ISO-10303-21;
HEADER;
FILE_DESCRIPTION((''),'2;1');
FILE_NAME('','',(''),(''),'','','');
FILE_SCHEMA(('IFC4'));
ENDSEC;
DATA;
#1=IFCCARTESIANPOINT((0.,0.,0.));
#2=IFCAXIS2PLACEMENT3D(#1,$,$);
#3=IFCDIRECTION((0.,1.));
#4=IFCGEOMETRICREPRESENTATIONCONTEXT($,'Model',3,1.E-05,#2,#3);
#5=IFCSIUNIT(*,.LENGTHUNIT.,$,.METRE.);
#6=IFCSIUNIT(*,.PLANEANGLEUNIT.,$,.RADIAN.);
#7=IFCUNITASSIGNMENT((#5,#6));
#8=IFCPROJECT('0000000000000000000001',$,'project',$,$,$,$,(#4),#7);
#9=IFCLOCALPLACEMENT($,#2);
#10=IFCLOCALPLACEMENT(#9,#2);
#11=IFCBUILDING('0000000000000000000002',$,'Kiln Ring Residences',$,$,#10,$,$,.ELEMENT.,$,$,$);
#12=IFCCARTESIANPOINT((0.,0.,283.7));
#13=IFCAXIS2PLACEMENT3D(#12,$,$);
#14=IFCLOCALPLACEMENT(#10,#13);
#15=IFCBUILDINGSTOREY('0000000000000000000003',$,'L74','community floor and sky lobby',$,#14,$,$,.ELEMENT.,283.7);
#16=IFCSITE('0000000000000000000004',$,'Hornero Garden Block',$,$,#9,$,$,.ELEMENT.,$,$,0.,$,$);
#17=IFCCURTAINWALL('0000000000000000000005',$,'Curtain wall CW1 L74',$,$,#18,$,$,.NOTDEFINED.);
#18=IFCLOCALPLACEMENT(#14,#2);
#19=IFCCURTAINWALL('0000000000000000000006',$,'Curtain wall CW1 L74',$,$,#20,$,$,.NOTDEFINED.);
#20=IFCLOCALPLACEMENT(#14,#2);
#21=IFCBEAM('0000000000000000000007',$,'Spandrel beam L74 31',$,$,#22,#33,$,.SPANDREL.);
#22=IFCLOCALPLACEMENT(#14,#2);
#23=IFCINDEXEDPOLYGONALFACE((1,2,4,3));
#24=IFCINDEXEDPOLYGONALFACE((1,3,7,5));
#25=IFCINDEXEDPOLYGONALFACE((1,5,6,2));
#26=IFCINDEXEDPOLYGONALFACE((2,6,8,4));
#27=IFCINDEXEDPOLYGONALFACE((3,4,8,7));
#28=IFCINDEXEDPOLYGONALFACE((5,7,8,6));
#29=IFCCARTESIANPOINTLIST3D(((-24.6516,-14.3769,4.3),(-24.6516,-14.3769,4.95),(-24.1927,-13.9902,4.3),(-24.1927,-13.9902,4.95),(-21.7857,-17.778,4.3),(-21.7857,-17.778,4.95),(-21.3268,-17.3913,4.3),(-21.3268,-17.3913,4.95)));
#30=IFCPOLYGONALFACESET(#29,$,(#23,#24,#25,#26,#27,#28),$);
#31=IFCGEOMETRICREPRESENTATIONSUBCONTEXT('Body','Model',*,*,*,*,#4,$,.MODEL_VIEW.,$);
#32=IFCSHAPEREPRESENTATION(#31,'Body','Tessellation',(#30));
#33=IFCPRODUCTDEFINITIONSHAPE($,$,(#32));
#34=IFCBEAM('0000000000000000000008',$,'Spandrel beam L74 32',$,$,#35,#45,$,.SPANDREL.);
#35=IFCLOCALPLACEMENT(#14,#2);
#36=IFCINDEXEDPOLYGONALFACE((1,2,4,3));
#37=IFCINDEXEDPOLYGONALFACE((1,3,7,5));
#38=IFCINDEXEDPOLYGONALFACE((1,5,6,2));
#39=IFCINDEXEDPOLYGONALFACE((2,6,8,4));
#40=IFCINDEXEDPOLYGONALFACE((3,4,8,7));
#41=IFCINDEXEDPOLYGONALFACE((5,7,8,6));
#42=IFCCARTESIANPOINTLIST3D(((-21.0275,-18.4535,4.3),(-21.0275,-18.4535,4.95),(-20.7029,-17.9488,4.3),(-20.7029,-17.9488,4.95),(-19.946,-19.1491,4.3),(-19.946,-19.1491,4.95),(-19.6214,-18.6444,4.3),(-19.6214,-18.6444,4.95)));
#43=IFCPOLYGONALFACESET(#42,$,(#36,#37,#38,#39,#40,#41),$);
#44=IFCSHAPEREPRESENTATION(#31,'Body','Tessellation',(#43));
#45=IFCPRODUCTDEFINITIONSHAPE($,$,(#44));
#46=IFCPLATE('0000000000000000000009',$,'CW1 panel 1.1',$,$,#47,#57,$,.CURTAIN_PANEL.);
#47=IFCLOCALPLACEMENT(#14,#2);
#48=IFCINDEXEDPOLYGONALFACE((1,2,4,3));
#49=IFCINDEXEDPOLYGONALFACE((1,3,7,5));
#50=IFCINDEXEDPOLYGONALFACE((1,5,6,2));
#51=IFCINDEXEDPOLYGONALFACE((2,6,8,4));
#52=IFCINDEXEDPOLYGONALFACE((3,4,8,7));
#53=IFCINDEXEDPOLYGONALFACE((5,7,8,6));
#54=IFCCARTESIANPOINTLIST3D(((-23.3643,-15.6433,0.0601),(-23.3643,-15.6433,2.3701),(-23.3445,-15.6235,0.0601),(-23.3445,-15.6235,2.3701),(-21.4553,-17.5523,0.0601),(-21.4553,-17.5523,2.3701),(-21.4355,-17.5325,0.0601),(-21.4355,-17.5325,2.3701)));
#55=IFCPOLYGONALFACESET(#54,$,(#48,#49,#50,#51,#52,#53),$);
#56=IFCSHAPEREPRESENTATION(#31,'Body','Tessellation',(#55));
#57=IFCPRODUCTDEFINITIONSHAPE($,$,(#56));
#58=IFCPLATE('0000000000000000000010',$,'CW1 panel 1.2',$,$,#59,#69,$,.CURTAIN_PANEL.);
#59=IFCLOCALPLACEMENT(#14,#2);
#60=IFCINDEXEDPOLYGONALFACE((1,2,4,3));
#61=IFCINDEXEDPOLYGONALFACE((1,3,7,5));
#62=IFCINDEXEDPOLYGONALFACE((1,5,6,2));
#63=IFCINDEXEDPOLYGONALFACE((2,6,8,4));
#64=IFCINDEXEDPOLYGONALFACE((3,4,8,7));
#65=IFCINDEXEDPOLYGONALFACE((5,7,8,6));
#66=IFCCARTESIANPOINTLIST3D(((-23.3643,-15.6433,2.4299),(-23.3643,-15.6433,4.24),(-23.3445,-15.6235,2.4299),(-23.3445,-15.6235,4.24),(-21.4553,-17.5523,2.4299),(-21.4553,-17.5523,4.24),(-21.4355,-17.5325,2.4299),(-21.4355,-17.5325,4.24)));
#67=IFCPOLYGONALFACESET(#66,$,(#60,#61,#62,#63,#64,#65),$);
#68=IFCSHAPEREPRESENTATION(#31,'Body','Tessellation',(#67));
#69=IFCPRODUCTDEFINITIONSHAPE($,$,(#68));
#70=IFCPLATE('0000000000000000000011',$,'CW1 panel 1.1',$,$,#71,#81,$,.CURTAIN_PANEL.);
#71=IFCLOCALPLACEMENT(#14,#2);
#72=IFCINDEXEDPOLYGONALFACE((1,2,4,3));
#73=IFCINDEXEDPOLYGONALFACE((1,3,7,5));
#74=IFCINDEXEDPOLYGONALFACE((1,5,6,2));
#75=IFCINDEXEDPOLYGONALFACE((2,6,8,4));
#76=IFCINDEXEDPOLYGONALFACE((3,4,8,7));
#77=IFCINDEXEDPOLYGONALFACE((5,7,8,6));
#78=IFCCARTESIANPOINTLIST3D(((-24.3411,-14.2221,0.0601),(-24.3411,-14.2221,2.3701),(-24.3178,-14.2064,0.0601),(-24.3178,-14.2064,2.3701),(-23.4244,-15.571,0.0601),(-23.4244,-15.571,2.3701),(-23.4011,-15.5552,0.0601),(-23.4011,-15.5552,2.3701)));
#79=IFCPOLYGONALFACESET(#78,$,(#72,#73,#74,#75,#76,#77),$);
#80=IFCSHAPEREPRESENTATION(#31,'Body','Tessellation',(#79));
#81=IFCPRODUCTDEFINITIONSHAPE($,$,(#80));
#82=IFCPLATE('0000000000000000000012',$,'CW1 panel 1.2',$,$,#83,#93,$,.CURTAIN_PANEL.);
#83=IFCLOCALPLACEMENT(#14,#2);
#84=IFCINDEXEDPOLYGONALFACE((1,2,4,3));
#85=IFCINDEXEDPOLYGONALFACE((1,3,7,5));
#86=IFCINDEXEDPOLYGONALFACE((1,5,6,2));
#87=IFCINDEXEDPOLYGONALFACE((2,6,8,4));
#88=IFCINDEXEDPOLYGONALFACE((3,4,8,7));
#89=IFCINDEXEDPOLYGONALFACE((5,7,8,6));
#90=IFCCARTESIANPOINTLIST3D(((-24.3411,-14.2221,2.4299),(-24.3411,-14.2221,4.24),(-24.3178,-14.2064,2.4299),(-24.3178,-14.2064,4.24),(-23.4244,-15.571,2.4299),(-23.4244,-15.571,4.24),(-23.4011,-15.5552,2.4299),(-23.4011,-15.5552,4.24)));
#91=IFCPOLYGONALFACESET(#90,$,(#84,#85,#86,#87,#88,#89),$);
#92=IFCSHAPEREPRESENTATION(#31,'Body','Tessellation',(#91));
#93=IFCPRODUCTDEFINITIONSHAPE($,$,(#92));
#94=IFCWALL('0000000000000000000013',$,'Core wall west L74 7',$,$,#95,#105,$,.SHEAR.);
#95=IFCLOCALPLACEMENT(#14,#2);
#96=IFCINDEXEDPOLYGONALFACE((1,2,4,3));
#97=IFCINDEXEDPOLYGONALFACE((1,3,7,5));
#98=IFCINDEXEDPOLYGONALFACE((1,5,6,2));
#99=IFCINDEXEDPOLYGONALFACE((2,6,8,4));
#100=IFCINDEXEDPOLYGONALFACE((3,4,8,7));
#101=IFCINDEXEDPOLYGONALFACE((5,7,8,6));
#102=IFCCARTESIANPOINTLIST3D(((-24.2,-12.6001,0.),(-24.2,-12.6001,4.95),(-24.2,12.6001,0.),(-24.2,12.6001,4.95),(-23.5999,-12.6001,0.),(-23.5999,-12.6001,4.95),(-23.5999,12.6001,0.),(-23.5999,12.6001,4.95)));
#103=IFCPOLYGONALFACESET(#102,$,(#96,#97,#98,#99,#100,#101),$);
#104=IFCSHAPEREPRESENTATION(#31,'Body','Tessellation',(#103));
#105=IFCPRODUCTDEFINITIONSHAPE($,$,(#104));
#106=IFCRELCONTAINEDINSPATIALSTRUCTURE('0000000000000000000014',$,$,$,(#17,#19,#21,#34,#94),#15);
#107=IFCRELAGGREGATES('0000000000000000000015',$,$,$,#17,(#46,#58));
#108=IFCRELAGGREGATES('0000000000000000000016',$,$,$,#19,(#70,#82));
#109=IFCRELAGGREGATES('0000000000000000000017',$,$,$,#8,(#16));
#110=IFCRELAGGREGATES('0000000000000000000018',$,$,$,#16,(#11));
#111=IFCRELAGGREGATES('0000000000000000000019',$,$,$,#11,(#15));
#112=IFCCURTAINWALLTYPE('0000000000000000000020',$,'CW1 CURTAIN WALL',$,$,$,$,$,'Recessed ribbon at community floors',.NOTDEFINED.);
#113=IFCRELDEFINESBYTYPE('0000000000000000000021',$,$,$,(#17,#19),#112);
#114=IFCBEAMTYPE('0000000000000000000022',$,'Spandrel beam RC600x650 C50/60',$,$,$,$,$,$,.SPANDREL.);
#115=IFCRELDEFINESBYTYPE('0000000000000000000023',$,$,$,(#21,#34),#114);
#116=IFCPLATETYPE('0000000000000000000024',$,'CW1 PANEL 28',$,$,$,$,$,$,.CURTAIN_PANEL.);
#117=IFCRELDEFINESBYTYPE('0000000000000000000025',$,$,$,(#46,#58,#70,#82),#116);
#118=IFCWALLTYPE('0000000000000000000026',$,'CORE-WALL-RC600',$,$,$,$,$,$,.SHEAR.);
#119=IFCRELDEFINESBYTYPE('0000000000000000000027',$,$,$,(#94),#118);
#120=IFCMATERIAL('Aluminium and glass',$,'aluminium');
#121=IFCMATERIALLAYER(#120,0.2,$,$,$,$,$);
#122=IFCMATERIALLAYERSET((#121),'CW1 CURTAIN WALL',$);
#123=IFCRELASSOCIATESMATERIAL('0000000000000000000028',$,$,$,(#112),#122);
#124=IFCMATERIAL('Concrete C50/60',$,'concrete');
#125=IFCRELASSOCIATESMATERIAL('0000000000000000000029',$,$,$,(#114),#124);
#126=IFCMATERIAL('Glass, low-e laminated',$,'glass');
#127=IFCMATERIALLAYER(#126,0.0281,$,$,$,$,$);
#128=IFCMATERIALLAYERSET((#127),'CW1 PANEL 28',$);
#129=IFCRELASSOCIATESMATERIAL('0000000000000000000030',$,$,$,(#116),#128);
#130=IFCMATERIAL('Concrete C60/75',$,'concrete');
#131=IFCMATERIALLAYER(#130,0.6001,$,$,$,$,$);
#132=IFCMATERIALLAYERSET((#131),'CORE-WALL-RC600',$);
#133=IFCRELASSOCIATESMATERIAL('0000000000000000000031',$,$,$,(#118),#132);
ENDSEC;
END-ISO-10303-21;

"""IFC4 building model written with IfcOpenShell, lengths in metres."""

from ifc_helpers import new_model, si_unit, direction, frame, frame_2d, origin, origin_2d, place, context, subcontext, project, spatial, rectangle, extrude, material, layer, layer_set, material_profile, profile_set, type_object, element, aggregate, save


model = new_model("IFC4")

# Units and contexts
model_context = context("Model", 3, precision=1e-05, world=origin(), true_north=direction((0.0, 1.0)))
body_context = subcontext(model_context, "Body", "Model", "MODEL_VIEW")
ifc_project = project(units=[si_unit("LENGTHUNIT", "METRE"), si_unit("PLANEANGLEUNIT", "RADIAN")], contexts=[model_context])

# Site, building, storey
site_placement = place(None, origin())
site = spatial("IfcSite", under=ifc_project, at=site_placement, Name="Hornero Garden Block", CompositionType="ELEMENT", RefElevation=0.0)
building_placement = place(site_placement, origin())
building = spatial("IfcBuilding", under=site, at=building_placement, Name="Kiln Ring Residences", CompositionType="ELEMENT")
storey_placement = place(building_placement, frame((0.0, 0.0, 283.7)))
storey = spatial("IfcBuildingStorey", under=building, at=storey_placement, Name="L74", Description="community floor and sky lobby", CompositionType="ELEMENT", Elevation=283.7)

# Curtain wall
ifc_material_1 = material(Name="Aluminium and glass", Category="aluminium")
ifc_layer_1 = layer(ifc_material_1, 0.2)
ifc_layer_set_1 = layer_set([ifc_layer_1], Name="CW1 CURTAIN WALL")
curtain_wall_type = type_object("IfcCurtainWallType", Name="CW1 CURTAIN WALL", ElementType="Recessed ribbon at community floors", PredefinedType="NOTDEFINED", material=ifc_layer_set_1)
placement = place(storey_placement, origin())
curtain_wall_1 = element("IfcCurtainWall", 1, at=placement, inside=storey, type_object=curtain_wall_type, Name="Curtain wall CW1 L74", PredefinedType="NOTDEFINED")

# Curtain wall
curtain_wall_2 = element("IfcCurtainWall", 2, at=placement, inside=storey, type_object=curtain_wall_type, Name="Curtain wall CW1 L74", PredefinedType="NOTDEFINED")

# Beams
ifc_material_2 = material(Name="Concrete C50/60", Category="concrete")
ifc_material_profile_1 = material_profile(ifc_material_2, rectangle(XDim=0.6001, YDim=0.6499, at=origin_2d()), Name="RC600x650")
ifc_profile_set_1 = profile_set([ifc_material_profile_1], Name="Concrete C50/60")
beam_type = type_object("IfcBeamType", Name="Spandrel beam RC600x650 C50/60", PredefinedType="SPANDREL", material=ifc_profile_set_1)
beam_1_placement = place(storey_placement, frame((-24.4221, -14.1836, 4.625), z_axis=(0.644381, -0.764705, 0.0), x_axis=(0.764705, 0.644381, 0.0)))
element("IfcBeam", 3, at=beam_1_placement, inside=storey, type_object=beam_type, Name="Spandrel beam L74 31", PredefinedType="SPANDREL", context=body_context, shape_type="SweptSolid", body=[
    extrude(rectangle(XDim=0.6001, YDim=0.6499, at=origin_2d()), origin(), (0.0, 0.0, 1.0), 4.4475),
])
beam_2_placement = place(storey_placement, frame((-20.8652, -18.2012, 4.625), z_axis=(0.84108, -0.540911, 0.0), x_axis=(0.540911, 0.84108, 0.0)))
element("IfcBeam", 4, at=beam_2_placement, inside=storey, type_object=beam_type, Name="Spandrel beam L74 32", PredefinedType="SPANDREL", context=body_context, shape_type="SweptSolid", body=[
    extrude(rectangle(XDim=0.6001, YDim=0.6499, at=origin_2d()), origin(), (0.0, 0.0, 1.0), 1.2859),
])

# Plates
ifc_material_3 = material(Name="Glass, low-e laminated", Category="glass")
ifc_layer_2 = layer(ifc_material_3, 0.0281)
ifc_layer_set_2 = layer_set([ifc_layer_2], Name="CW1 PANEL 28")
plate_type = type_object("IfcPlateType", Name="CW1 PANEL 28", PredefinedType="CURTAIN_PANEL", material=ifc_layer_set_2)
plate_1_placement = place(storey_placement, frame((-22.3999, -16.5879, 0.0601), z_axis=(0.0, 0.0, 1.0), x_axis=(0.707107, -0.707107, 0.0)))
plate_1 = element("IfcPlate", 5, at=plate_1_placement, type_object=plate_type, Name="CW1 panel 1.1", PredefinedType="CURTAIN_PANEL", context=body_context, shape_type="SweptSolid", body=[
    extrude(rectangle(XDim=2.6997, YDim=0.0281, at=origin_2d()), origin(), (0.0, 0.0, 1.0), 2.3101),
])
plate_2_placement = place(storey_placement, frame((-22.3999, -16.5879, 2.4299), z_axis=(0.0, 0.0, 1.0), x_axis=(0.707107, -0.707107, 0.0)))
plate_2 = element("IfcPlate", 6, at=plate_2_placement, type_object=plate_type, Name="CW1 panel 1.2", PredefinedType="CURTAIN_PANEL", context=body_context, shape_type="SweptSolid", body=[
    extrude(rectangle(XDim=2.6997, YDim=0.0281, at=origin_2d()), origin(), (0.0, 0.0, 1.0), 1.8101),
])
aggregate(curtain_wall_1, [plate_1, plate_2])
plate_3_placement = place(storey_placement, frame((-23.8711, -14.8887, 0.0601), z_axis=(0.0, 0.0, 1.0), x_axis=(0.562097, -0.827072, 0.0)))
plate_3 = element("IfcPlate", 7, at=plate_3_placement, type_object=plate_type, Name="CW1 panel 1.1", PredefinedType="CURTAIN_PANEL", context=body_context, shape_type="SweptSolid", body=[
    extrude(rectangle(XDim=1.6309, YDim=0.0281, at=origin_2d()), origin(), (0.0, 0.0, 1.0), 2.3101),
])
plate_4_placement = place(storey_placement, frame((-23.8711, -14.8887, 2.4299), z_axis=(0.0, 0.0, 1.0), x_axis=(0.562097, -0.827072, 0.0)))
plate_4 = element("IfcPlate", 8, at=plate_4_placement, type_object=plate_type, Name="CW1 panel 1.2", PredefinedType="CURTAIN_PANEL", context=body_context, shape_type="SweptSolid", body=[
    extrude(rectangle(XDim=1.6309, YDim=0.0281, at=origin_2d()), origin(), (0.0, 0.0, 1.0), 1.8101),
])
aggregate(curtain_wall_2, [plate_3, plate_4])

# Wall
ifc_material_4 = material(Name="Concrete C60/75", Category="concrete")
ifc_layer_3 = layer(ifc_material_4, 0.6001)
ifc_layer_set_3 = layer_set([ifc_layer_3], Name="CORE-WALL-RC600")
wall_type_1 = type_object("IfcWallType", Name="CORE-WALL-RC600", PredefinedType="SHEAR", material=ifc_layer_set_3)
wall_1_placement = place(storey_placement, frame((-23.8999, -12.6001, 0.0), z_axis=(0.0, 0.0, 1.0), x_axis=(0.0, 1.0, 0.0)))
element("IfcWall", 9, at=wall_1_placement, inside=storey, type_object=wall_type_1, Name="Core wall west L74 7", PredefinedType="SHEAR", context=body_context, shape_type="SweptSolid", body=[
    extrude(rectangle(XDim=25.2002, YDim=0.6001, at=frame_2d((12.6001, 0.0))), origin(), (0.0, 0.0, 1.0), 4.95),
])

save(model, "model.ifc")
